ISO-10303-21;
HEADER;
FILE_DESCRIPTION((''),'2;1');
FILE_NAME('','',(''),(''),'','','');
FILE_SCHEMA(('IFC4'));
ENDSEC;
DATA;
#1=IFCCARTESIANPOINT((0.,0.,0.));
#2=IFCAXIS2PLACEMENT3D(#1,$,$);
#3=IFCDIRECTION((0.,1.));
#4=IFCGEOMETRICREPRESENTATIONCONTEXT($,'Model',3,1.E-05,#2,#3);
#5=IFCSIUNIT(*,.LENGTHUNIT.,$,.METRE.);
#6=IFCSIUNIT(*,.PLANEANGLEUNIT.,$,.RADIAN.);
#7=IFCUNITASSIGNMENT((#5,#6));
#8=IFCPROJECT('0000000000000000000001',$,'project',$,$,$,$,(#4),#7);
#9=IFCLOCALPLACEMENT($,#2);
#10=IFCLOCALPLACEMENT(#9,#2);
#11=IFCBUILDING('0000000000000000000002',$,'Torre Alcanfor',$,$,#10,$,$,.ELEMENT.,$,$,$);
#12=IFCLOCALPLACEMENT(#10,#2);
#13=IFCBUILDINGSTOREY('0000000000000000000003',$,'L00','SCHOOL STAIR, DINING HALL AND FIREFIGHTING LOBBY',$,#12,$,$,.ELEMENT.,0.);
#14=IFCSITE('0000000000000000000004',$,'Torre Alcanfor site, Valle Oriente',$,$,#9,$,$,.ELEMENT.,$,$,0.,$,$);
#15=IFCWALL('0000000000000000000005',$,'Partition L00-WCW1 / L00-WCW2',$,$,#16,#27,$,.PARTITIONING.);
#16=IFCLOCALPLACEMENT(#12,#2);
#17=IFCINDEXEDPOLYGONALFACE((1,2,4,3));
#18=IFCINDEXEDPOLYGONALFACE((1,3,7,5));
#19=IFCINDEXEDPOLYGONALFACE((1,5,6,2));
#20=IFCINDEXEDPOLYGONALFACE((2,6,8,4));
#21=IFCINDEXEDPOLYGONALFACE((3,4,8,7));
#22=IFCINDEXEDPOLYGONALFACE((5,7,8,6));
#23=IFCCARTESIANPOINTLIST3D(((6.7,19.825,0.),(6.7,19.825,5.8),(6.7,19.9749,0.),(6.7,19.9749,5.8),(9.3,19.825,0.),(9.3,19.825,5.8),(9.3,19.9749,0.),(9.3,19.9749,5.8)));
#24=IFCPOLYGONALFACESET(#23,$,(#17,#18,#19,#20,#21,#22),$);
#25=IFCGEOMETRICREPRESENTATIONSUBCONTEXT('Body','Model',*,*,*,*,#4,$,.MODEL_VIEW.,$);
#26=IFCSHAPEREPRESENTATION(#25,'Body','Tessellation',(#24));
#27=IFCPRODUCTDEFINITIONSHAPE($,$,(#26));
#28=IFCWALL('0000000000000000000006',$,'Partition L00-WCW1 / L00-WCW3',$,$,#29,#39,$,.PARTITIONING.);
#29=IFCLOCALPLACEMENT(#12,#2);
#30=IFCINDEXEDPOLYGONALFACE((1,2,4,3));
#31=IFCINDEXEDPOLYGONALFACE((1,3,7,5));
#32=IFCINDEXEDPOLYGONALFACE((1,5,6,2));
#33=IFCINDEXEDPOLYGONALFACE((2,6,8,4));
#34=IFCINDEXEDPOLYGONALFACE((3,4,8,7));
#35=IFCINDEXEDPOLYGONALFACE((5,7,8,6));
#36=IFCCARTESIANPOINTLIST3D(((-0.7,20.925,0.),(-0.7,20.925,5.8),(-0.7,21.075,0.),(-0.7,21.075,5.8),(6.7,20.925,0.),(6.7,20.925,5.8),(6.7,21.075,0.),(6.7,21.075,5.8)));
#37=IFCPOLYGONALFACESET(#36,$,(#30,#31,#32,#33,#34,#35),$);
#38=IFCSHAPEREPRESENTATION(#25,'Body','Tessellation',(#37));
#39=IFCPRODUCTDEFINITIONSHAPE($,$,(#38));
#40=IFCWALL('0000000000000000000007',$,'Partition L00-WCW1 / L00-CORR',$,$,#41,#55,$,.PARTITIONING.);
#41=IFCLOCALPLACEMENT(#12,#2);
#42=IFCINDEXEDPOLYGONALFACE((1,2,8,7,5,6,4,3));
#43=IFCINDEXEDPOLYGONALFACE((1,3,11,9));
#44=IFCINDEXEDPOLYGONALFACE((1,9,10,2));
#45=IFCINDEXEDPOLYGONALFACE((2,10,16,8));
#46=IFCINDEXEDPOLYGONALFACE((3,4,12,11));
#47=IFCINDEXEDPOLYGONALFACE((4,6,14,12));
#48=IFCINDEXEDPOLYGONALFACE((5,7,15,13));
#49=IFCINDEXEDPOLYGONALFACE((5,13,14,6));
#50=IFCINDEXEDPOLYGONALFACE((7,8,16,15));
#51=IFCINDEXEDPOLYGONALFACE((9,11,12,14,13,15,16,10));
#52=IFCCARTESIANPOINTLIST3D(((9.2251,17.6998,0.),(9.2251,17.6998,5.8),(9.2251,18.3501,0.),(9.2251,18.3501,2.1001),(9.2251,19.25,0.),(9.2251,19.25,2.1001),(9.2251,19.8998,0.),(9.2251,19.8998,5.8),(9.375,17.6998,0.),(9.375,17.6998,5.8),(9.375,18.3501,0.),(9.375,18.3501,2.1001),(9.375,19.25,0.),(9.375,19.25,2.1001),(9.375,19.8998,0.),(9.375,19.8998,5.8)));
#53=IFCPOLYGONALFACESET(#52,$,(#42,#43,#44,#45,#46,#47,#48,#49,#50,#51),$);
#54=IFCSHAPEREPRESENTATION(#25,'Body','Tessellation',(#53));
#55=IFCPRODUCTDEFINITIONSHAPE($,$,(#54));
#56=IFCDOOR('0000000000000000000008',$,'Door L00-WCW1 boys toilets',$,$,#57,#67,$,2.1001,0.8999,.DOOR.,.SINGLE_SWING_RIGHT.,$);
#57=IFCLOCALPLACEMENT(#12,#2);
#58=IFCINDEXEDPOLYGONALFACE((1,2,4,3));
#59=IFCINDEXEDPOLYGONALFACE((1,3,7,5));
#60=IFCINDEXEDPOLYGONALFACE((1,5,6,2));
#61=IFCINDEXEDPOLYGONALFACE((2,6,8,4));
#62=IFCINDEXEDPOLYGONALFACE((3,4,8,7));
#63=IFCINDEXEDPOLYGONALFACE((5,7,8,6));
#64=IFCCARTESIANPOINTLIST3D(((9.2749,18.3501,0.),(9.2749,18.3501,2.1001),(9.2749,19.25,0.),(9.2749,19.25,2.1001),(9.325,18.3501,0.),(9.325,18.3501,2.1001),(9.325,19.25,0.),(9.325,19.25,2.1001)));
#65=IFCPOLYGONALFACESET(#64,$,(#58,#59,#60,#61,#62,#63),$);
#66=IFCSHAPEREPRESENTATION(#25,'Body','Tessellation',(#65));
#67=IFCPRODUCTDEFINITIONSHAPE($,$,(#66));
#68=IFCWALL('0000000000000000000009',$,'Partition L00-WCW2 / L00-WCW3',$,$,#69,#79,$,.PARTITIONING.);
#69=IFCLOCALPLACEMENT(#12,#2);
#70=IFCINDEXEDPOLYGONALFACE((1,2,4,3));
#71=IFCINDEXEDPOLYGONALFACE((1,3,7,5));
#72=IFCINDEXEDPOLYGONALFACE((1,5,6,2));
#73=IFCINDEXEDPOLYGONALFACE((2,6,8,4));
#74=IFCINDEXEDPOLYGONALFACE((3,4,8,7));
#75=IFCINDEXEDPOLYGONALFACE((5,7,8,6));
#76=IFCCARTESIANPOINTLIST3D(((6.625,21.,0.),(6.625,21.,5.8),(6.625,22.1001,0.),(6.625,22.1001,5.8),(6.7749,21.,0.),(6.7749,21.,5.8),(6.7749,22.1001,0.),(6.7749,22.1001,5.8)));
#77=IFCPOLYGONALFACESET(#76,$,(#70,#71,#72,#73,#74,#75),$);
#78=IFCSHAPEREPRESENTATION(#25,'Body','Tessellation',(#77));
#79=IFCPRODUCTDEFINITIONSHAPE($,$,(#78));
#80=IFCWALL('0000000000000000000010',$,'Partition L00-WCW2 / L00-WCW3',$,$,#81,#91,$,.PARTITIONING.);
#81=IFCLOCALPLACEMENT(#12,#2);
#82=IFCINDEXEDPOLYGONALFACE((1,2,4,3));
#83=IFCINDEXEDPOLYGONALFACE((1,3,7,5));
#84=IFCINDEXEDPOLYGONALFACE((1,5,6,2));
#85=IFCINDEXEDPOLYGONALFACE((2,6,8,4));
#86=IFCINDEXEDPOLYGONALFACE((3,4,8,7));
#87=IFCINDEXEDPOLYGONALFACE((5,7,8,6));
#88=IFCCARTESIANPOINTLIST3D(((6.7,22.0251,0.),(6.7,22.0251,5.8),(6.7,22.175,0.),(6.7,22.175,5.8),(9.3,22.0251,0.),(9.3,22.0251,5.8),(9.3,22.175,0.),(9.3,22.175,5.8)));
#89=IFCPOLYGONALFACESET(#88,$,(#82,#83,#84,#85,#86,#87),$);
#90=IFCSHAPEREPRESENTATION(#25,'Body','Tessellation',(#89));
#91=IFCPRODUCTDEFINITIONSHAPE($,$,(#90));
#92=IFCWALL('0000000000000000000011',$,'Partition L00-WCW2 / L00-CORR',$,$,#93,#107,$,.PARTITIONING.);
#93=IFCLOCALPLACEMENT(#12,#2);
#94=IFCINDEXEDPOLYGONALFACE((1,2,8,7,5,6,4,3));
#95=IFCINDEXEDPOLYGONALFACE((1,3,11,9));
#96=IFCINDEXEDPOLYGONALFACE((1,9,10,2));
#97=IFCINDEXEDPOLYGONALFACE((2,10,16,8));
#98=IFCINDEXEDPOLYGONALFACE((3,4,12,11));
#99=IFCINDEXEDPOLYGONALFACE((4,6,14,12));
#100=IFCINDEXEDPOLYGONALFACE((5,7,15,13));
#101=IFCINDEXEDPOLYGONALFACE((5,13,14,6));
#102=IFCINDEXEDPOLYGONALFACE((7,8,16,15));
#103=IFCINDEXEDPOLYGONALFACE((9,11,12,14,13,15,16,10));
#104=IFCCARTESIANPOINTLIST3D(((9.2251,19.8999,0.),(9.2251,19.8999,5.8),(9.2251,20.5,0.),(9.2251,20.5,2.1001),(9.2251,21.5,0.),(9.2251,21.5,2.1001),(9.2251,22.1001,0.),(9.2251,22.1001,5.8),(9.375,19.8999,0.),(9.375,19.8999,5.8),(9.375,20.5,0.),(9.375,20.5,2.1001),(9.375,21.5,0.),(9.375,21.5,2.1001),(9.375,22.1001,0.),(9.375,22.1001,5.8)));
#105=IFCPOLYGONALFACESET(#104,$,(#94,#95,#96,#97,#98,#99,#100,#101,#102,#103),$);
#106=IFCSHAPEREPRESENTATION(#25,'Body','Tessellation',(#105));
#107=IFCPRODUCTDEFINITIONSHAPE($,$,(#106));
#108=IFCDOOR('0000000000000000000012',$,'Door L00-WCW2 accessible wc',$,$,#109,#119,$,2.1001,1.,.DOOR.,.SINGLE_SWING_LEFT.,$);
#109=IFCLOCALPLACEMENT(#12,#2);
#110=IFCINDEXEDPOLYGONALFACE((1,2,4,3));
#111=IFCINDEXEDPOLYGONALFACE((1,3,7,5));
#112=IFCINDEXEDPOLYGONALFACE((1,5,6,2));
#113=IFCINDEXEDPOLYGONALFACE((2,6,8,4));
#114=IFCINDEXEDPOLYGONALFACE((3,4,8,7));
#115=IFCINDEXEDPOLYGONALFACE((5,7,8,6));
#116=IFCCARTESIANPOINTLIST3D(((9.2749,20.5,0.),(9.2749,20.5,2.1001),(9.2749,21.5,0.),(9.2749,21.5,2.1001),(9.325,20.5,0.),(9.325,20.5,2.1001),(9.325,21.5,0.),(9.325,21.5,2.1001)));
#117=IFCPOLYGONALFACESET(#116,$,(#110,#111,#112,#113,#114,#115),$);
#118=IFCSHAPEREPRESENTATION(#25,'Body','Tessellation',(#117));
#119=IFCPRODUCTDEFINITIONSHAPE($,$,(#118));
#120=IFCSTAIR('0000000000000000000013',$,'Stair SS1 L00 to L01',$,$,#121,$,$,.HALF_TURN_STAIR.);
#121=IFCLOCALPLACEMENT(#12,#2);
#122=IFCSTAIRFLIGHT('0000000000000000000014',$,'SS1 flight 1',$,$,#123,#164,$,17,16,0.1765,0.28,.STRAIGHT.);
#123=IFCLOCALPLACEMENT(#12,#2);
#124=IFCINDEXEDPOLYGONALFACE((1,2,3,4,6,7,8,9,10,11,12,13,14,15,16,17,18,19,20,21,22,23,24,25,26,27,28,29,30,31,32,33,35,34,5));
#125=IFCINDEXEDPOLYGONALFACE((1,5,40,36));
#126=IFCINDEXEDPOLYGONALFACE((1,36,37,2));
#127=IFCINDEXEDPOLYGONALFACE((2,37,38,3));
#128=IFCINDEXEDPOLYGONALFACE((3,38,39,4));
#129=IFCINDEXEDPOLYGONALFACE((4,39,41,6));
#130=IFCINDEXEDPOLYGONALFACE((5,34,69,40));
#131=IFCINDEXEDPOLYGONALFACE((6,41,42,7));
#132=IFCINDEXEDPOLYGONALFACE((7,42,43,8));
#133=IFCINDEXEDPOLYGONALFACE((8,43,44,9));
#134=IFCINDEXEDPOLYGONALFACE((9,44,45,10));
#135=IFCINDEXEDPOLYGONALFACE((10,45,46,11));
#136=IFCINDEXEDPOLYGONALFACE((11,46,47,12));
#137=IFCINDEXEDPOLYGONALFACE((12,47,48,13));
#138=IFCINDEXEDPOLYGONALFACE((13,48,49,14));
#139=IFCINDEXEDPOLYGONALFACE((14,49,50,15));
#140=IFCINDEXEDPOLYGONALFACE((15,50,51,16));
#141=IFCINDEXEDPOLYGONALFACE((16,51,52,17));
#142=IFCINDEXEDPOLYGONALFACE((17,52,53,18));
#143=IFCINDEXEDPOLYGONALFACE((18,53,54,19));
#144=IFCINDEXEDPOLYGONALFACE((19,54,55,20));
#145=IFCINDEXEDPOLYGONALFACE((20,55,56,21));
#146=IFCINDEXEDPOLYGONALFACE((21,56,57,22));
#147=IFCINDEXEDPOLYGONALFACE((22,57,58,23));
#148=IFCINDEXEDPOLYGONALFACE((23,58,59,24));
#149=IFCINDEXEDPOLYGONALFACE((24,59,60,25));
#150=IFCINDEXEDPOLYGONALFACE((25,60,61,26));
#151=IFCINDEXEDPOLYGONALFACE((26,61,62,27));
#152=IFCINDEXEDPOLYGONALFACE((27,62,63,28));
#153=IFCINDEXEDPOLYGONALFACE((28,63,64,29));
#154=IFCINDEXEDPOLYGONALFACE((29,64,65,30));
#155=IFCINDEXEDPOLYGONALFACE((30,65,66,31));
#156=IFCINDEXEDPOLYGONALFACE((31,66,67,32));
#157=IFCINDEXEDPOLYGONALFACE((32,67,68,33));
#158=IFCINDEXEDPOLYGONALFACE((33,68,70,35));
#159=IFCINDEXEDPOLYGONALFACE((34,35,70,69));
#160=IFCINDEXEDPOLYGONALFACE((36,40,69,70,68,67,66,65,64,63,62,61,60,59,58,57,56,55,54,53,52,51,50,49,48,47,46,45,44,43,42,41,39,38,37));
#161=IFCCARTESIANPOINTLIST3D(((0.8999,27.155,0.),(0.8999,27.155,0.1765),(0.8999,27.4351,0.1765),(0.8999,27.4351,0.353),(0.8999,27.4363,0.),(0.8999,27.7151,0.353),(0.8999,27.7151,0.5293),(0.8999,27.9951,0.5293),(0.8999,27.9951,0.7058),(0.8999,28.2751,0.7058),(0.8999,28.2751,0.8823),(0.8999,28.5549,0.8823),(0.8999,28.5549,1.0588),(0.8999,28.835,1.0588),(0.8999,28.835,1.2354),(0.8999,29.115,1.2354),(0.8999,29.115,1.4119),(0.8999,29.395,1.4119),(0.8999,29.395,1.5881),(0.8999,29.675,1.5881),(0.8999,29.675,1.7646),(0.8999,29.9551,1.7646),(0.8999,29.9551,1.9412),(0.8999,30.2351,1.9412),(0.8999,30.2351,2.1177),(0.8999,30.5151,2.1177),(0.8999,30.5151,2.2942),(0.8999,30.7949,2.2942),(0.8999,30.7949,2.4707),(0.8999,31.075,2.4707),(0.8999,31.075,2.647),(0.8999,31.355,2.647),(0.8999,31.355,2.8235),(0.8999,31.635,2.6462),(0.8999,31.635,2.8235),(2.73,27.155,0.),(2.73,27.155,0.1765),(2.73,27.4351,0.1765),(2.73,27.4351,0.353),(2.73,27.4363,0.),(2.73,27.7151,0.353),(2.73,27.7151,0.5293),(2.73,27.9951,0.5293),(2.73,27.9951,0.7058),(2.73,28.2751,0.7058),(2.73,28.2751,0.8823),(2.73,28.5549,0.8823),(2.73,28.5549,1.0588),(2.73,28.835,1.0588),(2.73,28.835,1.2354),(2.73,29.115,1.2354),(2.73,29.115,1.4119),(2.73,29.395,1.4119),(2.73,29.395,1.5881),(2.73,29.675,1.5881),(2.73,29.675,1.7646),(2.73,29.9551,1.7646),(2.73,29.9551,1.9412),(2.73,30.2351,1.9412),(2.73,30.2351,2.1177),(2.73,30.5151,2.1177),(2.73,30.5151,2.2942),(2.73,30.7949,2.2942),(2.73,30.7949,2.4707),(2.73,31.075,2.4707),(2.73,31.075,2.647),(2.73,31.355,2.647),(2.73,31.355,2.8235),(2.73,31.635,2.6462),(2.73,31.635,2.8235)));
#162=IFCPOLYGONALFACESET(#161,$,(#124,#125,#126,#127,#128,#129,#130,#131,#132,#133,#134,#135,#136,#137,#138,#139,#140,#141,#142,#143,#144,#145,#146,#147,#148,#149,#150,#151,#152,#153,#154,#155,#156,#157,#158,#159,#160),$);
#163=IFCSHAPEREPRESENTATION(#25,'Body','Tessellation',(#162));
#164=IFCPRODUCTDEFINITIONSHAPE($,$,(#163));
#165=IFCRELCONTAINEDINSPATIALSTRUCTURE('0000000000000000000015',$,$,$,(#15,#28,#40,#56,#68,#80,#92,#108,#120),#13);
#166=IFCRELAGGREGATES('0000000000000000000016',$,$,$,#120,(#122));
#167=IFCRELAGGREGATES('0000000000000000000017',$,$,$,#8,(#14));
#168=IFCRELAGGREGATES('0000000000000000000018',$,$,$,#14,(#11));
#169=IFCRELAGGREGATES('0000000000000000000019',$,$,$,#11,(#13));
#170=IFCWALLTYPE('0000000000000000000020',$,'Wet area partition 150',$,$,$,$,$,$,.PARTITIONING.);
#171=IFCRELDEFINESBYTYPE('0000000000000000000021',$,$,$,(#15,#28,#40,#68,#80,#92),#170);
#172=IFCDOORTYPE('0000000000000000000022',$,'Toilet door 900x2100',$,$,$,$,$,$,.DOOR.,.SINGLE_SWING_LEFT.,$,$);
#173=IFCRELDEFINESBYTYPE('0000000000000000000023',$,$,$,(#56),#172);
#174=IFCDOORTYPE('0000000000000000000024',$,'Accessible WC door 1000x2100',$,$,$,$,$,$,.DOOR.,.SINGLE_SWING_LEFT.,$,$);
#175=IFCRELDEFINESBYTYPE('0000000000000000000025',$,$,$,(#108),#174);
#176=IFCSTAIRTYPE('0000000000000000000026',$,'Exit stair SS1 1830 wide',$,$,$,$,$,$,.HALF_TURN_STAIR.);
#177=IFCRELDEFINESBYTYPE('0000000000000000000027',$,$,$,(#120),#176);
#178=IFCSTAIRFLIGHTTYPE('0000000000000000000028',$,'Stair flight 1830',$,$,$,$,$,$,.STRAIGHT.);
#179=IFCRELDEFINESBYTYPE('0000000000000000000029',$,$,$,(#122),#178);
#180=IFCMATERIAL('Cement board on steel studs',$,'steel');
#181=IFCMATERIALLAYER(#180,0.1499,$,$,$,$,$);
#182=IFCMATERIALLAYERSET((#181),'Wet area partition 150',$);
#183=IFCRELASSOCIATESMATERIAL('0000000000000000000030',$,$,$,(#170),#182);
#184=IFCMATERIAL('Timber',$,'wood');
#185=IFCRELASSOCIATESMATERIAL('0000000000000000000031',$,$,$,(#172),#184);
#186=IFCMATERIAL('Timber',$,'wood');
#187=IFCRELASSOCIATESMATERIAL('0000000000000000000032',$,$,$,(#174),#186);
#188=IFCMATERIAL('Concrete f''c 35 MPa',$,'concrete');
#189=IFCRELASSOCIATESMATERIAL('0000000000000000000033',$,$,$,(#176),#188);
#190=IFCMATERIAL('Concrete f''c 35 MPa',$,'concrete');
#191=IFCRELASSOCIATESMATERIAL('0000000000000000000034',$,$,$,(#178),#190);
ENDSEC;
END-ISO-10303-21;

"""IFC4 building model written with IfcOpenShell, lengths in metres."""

from ifc_helpers import new_model, si_unit, direction, frame, frame_2d, origin, place, context, subcontext, project, spatial, polyline, rectangle, outline, extrude, material, layer, layer_set, type_object, element, fill, aggregate, save


model = new_model("IFC4")

# Units and contexts
model_context = context("Model", 3, precision=1e-05, world=origin(), true_north=direction((0.0, 1.0)))
body_context = subcontext(model_context, "Body", "Model", "MODEL_VIEW")
ifc_project = project(units=[si_unit("LENGTHUNIT", "METRE"), si_unit("PLANEANGLEUNIT", "RADIAN")], contexts=[model_context])

# Site, building, storey
site_placement = place(None, origin())
site = spatial("IfcSite", under=ifc_project, at=site_placement, Name="Torre Alcanfor site, Valle Oriente", CompositionType="ELEMENT", RefElevation=0.0)
building_placement = place(site_placement, origin())
building = spatial("IfcBuilding", under=site, at=building_placement, Name="Torre Alcanfor", CompositionType="ELEMENT")
storey_placement = place(building_placement, origin())
storey = spatial("IfcBuildingStorey", under=building, at=storey_placement, Name="L00", Description="SCHOOL STAIR, DINING HALL AND FIREFIGHTING LOBBY", CompositionType="ELEMENT", Elevation=0.0)

# Walls
ifc_material_1 = material(Name="Cement board on steel studs", Category="steel")
ifc_layer_1 = layer(ifc_material_1, 0.1499)
ifc_layer_set_1 = layer_set([ifc_layer_1], Name="Wet area partition 150")
wall_type_1 = type_object("IfcWallType", Name="Wet area partition 150", PredefinedType="PARTITIONING", material=ifc_layer_set_1)
wall_1_placement = place(storey_placement, frame((6.7, 19.8999, 0.0), z_axis=(0.0, 0.0, 1.0), x_axis=(1.0, 0.0, 0.0)))
element("IfcWall", 1, at=wall_1_placement, inside=storey, type_object=wall_type_1, Name="Partition L00-WCW1 / L00-WCW2", PredefinedType="PARTITIONING", context=body_context, shape_type="SweptSolid", body=[
    extrude(rectangle(XDim=2.6001, YDim=0.1499, at=frame_2d((1.3, 0.0))), origin(), (0.0, 0.0, 1.0), 5.8),
])
wall_2_placement = place(storey_placement, frame((-0.7, 21.0, 0.0), z_axis=(0.0, 0.0, 1.0), x_axis=(1.0, 0.0, 0.0)))
element("IfcWall", 2, at=wall_2_placement, inside=storey, type_object=wall_type_1, Name="Partition L00-WCW1 / L00-WCW3", PredefinedType="PARTITIONING", context=body_context, shape_type="SweptSolid", body=[
    extrude(rectangle(XDim=7.3999, YDim=0.1499, at=frame_2d((3.7, 0.0))), origin(), (0.0, 0.0, 1.0), 5.8),
])

# Wall, opening, door
wall_3_placement = place(storey_placement, frame((9.3, 19.8999, 0.0), z_axis=(0.0, 0.0, 1.0), x_axis=(0.0, -1.0, 0.0)))
wall_3 = element("IfcWall", 3, at=wall_3_placement, inside=storey, type_object=wall_type_1, Name="Partition L00-WCW1 / L00-CORR", PredefinedType="PARTITIONING", context=body_context, shape_type="SweptSolid", body=[
    extrude(rectangle(XDim=2.2, YDim=0.1499, at=frame_2d((1.1001, 0.0))), origin(), (0.0, 0.0, 1.0), 5.8),
])
opening_1_placement = place(wall_3_placement, frame((0.6499, 0.0, 0.0)))
opening_1 = element("IfcOpeningElement", 4, at=opening_1_placement, cuts=wall_3, PredefinedType="OPENING", context=body_context, shape_type="SweptSolid", body=[
    extrude(rectangle(XDim=0.8999, YDim=2.1001, at=frame_2d((0.45, 1.05))), frame((0.0, 0.085, 0.0), z_axis=(0.0, -1.0, 0.0), x_axis=(1.0, 0.0, 0.0)), (0.0, 0.0, 1.0), 0.1699),
])
ifc_material_2 = material(Name="Timber", Category="wood")
door_type_1 = type_object("IfcDoorType", Name="Toilet door 900x2100", OperationType="SINGLE_SWING_LEFT", PredefinedType="DOOR", material=ifc_material_2)
door_1_placement = place(opening_1_placement, frame((0.8999, 0.0, 0.0), z_axis=(0.0, 0.0, 1.0), x_axis=(-1.0, 0.0, 0.0)))
door_1 = element("IfcDoor", 5, at=door_1_placement, inside=storey, type_object=door_type_1, Name="Door L00-WCW1 boys toilets", OperationType="SINGLE_SWING_RIGHT", OverallHeight=2.1001, OverallWidth=0.8999, PredefinedType="DOOR", context=body_context, shape_type="SweptSolid", body=[
    extrude(rectangle(XDim=0.8999, YDim=2.1001, at=frame_2d((0.45, 1.05))), frame((0.0, 0.0251, 0.0), z_axis=(0.0, -1.0, 0.0), x_axis=(1.0, 0.0, 0.0)), (0.0, 0.0, 1.0), 0.05),
])
fill(opening_1, door_1)

# Walls
wall_4_placement = place(storey_placement, frame((6.7, 21.0, 0.0), z_axis=(0.0, 0.0, 1.0), x_axis=(0.0, 1.0, 0.0)))
element("IfcWall", 6, at=wall_4_placement, inside=storey, type_object=wall_type_1, Name="Partition L00-WCW2 / L00-WCW3", PredefinedType="PARTITIONING", context=body_context, shape_type="SweptSolid", body=[
    extrude(rectangle(XDim=1.1001, YDim=0.1499, at=frame_2d((0.55, 0.0))), origin(), (0.0, 0.0, 1.0), 5.8),
])
wall_5_placement = place(storey_placement, frame((6.7, 22.1001, 0.0), z_axis=(0.0, 0.0, 1.0), x_axis=(1.0, 0.0, 0.0)))
element("IfcWall", 7, at=wall_5_placement, inside=storey, type_object=wall_type_1, Name="Partition L00-WCW2 / L00-WCW3", PredefinedType="PARTITIONING", context=body_context, shape_type="SweptSolid", body=[
    extrude(rectangle(XDim=2.6001, YDim=0.1499, at=frame_2d((1.3, 0.0))), origin(), (0.0, 0.0, 1.0), 5.8),
])

# Wall, opening, door
wall_6_placement = place(storey_placement, frame((9.3, 22.1001, 0.0), z_axis=(0.0, 0.0, 1.0), x_axis=(0.0, -1.0, 0.0)))
wall_6 = element("IfcWall", 8, at=wall_6_placement, inside=storey, type_object=wall_type_1, Name="Partition L00-WCW2 / L00-CORR", PredefinedType="PARTITIONING", context=body_context, shape_type="SweptSolid", body=[
    extrude(rectangle(XDim=2.2002, YDim=0.1499, at=frame_2d((1.1001, 0.0))), origin(), (0.0, 0.0, 1.0), 5.8),
])
opening_2_placement = place(wall_6_placement, frame((0.6001, 0.0, 0.0)))
opening_2 = element("IfcOpeningElement", 9, at=opening_2_placement, cuts=wall_6, PredefinedType="OPENING", context=body_context, shape_type="SweptSolid", body=[
    extrude(rectangle(XDim=1.0, YDim=2.1001, at=frame_2d((0.5, 1.05))), frame((0.0, 0.085, 0.0), z_axis=(0.0, -1.0, 0.0), x_axis=(1.0, 0.0, 0.0)), (0.0, 0.0, 1.0), 0.1699),
])
ifc_material_3 = material(Name="Timber", Category="wood")
door_type_2 = type_object("IfcDoorType", Name="Accessible WC door 1000x2100", OperationType="SINGLE_SWING_LEFT", PredefinedType="DOOR", material=ifc_material_3)
door_2_placement = place(opening_2_placement, origin())
door_2 = element("IfcDoor", 10, at=door_2_placement, inside=storey, type_object=door_type_2, Name="Door L00-WCW2 accessible wc", OperationType="SINGLE_SWING_LEFT", OverallHeight=2.1001, OverallWidth=1.0, PredefinedType="DOOR", context=body_context, shape_type="SweptSolid", body=[
    extrude(rectangle(XDim=1.0, YDim=2.1001, at=frame_2d((0.5, 1.05))), frame((0.0, 0.0249, 0.0), z_axis=(0.0, -1.0, 0.0), x_axis=(1.0, 0.0, 0.0)), (0.0, 0.0, 1.0), 0.05),
])
fill(opening_2, door_2)

# Stair, stair flight
ifc_material_4 = material(Name="Concrete f'c 35 MPa", Category="concrete")
stair_type = type_object("IfcStairType", Name="Exit stair SS1 1830 wide", PredefinedType="HALF_TURN_STAIR", material=ifc_material_4)
stair_placement = place(storey_placement, origin())
stair = element("IfcStair", 11, at=stair_placement, inside=storey, type_object=stair_type, Name="Stair SS1 L00 to L01", PredefinedType="HALF_TURN_STAIR")
ifc_material_5 = material(Name="Concrete f'c 35 MPa", Category="concrete")
stair_flight_type = type_object("IfcStairFlightType", Name="Stair flight 1830", PredefinedType="STRAIGHT", material=ifc_material_5)
stair_flight_placement = place(storey_placement, frame((1.8149, 27.155, 0.0), z_axis=(0.0, 0.0, 1.0), x_axis=(0.0, 1.0, 0.0)))
stair_flight = element("IfcStairFlight", 12, at=stair_flight_placement, type_object=stair_flight_type, Name="SS1 flight 1", NumberOfRisers=17, NumberOfTreads=16, PredefinedType="STRAIGHT", RiserHeight=0.1765, TreadLength=0.28, context=body_context, shape_type="SweptSolid", body=[
    extrude(outline(polyline([(0.0, 0.0), (0.0, 0.1765), (0.28, 0.1765), (0.28, 0.353), (0.5601, 0.353), (0.5601, 0.5293), (0.8401, 0.5293), (0.8401, 0.7058), (1.1201, 0.7058), (1.1201, 0.8823), (1.3999, 0.8823), (1.3999, 1.0588), (1.6799, 1.0588), (1.6799, 1.2354), (1.96, 1.2354), (1.96, 1.4119), (2.24, 1.4119), (2.24, 1.5881), (2.52, 1.5881), (2.52, 1.7646), (2.8, 1.7646), (2.8, 1.9412), (3.0801, 1.9412), (3.0801, 2.1177), (3.3601, 2.1177), (3.3601, 2.2942), (3.6399, 2.2942), (3.6399, 2.4707), (3.9199, 2.4707), (3.9199, 2.647), (4.2, 2.647), (4.2, 2.8235), (4.48, 2.8235), (4.48, 3.0), (4.48, 2.6462), (0.2812, 0.0), (0.0, 0.0)])), frame((0.0, 0.915, 0.0), z_axis=(0.0, -1.0, 0.0), x_axis=(1.0, 0.0, 0.0)), (0.0, 0.0, 1.0), 1.8301),
])
aggregate(stair, [stair_flight])

save(model, "model.ifc")
